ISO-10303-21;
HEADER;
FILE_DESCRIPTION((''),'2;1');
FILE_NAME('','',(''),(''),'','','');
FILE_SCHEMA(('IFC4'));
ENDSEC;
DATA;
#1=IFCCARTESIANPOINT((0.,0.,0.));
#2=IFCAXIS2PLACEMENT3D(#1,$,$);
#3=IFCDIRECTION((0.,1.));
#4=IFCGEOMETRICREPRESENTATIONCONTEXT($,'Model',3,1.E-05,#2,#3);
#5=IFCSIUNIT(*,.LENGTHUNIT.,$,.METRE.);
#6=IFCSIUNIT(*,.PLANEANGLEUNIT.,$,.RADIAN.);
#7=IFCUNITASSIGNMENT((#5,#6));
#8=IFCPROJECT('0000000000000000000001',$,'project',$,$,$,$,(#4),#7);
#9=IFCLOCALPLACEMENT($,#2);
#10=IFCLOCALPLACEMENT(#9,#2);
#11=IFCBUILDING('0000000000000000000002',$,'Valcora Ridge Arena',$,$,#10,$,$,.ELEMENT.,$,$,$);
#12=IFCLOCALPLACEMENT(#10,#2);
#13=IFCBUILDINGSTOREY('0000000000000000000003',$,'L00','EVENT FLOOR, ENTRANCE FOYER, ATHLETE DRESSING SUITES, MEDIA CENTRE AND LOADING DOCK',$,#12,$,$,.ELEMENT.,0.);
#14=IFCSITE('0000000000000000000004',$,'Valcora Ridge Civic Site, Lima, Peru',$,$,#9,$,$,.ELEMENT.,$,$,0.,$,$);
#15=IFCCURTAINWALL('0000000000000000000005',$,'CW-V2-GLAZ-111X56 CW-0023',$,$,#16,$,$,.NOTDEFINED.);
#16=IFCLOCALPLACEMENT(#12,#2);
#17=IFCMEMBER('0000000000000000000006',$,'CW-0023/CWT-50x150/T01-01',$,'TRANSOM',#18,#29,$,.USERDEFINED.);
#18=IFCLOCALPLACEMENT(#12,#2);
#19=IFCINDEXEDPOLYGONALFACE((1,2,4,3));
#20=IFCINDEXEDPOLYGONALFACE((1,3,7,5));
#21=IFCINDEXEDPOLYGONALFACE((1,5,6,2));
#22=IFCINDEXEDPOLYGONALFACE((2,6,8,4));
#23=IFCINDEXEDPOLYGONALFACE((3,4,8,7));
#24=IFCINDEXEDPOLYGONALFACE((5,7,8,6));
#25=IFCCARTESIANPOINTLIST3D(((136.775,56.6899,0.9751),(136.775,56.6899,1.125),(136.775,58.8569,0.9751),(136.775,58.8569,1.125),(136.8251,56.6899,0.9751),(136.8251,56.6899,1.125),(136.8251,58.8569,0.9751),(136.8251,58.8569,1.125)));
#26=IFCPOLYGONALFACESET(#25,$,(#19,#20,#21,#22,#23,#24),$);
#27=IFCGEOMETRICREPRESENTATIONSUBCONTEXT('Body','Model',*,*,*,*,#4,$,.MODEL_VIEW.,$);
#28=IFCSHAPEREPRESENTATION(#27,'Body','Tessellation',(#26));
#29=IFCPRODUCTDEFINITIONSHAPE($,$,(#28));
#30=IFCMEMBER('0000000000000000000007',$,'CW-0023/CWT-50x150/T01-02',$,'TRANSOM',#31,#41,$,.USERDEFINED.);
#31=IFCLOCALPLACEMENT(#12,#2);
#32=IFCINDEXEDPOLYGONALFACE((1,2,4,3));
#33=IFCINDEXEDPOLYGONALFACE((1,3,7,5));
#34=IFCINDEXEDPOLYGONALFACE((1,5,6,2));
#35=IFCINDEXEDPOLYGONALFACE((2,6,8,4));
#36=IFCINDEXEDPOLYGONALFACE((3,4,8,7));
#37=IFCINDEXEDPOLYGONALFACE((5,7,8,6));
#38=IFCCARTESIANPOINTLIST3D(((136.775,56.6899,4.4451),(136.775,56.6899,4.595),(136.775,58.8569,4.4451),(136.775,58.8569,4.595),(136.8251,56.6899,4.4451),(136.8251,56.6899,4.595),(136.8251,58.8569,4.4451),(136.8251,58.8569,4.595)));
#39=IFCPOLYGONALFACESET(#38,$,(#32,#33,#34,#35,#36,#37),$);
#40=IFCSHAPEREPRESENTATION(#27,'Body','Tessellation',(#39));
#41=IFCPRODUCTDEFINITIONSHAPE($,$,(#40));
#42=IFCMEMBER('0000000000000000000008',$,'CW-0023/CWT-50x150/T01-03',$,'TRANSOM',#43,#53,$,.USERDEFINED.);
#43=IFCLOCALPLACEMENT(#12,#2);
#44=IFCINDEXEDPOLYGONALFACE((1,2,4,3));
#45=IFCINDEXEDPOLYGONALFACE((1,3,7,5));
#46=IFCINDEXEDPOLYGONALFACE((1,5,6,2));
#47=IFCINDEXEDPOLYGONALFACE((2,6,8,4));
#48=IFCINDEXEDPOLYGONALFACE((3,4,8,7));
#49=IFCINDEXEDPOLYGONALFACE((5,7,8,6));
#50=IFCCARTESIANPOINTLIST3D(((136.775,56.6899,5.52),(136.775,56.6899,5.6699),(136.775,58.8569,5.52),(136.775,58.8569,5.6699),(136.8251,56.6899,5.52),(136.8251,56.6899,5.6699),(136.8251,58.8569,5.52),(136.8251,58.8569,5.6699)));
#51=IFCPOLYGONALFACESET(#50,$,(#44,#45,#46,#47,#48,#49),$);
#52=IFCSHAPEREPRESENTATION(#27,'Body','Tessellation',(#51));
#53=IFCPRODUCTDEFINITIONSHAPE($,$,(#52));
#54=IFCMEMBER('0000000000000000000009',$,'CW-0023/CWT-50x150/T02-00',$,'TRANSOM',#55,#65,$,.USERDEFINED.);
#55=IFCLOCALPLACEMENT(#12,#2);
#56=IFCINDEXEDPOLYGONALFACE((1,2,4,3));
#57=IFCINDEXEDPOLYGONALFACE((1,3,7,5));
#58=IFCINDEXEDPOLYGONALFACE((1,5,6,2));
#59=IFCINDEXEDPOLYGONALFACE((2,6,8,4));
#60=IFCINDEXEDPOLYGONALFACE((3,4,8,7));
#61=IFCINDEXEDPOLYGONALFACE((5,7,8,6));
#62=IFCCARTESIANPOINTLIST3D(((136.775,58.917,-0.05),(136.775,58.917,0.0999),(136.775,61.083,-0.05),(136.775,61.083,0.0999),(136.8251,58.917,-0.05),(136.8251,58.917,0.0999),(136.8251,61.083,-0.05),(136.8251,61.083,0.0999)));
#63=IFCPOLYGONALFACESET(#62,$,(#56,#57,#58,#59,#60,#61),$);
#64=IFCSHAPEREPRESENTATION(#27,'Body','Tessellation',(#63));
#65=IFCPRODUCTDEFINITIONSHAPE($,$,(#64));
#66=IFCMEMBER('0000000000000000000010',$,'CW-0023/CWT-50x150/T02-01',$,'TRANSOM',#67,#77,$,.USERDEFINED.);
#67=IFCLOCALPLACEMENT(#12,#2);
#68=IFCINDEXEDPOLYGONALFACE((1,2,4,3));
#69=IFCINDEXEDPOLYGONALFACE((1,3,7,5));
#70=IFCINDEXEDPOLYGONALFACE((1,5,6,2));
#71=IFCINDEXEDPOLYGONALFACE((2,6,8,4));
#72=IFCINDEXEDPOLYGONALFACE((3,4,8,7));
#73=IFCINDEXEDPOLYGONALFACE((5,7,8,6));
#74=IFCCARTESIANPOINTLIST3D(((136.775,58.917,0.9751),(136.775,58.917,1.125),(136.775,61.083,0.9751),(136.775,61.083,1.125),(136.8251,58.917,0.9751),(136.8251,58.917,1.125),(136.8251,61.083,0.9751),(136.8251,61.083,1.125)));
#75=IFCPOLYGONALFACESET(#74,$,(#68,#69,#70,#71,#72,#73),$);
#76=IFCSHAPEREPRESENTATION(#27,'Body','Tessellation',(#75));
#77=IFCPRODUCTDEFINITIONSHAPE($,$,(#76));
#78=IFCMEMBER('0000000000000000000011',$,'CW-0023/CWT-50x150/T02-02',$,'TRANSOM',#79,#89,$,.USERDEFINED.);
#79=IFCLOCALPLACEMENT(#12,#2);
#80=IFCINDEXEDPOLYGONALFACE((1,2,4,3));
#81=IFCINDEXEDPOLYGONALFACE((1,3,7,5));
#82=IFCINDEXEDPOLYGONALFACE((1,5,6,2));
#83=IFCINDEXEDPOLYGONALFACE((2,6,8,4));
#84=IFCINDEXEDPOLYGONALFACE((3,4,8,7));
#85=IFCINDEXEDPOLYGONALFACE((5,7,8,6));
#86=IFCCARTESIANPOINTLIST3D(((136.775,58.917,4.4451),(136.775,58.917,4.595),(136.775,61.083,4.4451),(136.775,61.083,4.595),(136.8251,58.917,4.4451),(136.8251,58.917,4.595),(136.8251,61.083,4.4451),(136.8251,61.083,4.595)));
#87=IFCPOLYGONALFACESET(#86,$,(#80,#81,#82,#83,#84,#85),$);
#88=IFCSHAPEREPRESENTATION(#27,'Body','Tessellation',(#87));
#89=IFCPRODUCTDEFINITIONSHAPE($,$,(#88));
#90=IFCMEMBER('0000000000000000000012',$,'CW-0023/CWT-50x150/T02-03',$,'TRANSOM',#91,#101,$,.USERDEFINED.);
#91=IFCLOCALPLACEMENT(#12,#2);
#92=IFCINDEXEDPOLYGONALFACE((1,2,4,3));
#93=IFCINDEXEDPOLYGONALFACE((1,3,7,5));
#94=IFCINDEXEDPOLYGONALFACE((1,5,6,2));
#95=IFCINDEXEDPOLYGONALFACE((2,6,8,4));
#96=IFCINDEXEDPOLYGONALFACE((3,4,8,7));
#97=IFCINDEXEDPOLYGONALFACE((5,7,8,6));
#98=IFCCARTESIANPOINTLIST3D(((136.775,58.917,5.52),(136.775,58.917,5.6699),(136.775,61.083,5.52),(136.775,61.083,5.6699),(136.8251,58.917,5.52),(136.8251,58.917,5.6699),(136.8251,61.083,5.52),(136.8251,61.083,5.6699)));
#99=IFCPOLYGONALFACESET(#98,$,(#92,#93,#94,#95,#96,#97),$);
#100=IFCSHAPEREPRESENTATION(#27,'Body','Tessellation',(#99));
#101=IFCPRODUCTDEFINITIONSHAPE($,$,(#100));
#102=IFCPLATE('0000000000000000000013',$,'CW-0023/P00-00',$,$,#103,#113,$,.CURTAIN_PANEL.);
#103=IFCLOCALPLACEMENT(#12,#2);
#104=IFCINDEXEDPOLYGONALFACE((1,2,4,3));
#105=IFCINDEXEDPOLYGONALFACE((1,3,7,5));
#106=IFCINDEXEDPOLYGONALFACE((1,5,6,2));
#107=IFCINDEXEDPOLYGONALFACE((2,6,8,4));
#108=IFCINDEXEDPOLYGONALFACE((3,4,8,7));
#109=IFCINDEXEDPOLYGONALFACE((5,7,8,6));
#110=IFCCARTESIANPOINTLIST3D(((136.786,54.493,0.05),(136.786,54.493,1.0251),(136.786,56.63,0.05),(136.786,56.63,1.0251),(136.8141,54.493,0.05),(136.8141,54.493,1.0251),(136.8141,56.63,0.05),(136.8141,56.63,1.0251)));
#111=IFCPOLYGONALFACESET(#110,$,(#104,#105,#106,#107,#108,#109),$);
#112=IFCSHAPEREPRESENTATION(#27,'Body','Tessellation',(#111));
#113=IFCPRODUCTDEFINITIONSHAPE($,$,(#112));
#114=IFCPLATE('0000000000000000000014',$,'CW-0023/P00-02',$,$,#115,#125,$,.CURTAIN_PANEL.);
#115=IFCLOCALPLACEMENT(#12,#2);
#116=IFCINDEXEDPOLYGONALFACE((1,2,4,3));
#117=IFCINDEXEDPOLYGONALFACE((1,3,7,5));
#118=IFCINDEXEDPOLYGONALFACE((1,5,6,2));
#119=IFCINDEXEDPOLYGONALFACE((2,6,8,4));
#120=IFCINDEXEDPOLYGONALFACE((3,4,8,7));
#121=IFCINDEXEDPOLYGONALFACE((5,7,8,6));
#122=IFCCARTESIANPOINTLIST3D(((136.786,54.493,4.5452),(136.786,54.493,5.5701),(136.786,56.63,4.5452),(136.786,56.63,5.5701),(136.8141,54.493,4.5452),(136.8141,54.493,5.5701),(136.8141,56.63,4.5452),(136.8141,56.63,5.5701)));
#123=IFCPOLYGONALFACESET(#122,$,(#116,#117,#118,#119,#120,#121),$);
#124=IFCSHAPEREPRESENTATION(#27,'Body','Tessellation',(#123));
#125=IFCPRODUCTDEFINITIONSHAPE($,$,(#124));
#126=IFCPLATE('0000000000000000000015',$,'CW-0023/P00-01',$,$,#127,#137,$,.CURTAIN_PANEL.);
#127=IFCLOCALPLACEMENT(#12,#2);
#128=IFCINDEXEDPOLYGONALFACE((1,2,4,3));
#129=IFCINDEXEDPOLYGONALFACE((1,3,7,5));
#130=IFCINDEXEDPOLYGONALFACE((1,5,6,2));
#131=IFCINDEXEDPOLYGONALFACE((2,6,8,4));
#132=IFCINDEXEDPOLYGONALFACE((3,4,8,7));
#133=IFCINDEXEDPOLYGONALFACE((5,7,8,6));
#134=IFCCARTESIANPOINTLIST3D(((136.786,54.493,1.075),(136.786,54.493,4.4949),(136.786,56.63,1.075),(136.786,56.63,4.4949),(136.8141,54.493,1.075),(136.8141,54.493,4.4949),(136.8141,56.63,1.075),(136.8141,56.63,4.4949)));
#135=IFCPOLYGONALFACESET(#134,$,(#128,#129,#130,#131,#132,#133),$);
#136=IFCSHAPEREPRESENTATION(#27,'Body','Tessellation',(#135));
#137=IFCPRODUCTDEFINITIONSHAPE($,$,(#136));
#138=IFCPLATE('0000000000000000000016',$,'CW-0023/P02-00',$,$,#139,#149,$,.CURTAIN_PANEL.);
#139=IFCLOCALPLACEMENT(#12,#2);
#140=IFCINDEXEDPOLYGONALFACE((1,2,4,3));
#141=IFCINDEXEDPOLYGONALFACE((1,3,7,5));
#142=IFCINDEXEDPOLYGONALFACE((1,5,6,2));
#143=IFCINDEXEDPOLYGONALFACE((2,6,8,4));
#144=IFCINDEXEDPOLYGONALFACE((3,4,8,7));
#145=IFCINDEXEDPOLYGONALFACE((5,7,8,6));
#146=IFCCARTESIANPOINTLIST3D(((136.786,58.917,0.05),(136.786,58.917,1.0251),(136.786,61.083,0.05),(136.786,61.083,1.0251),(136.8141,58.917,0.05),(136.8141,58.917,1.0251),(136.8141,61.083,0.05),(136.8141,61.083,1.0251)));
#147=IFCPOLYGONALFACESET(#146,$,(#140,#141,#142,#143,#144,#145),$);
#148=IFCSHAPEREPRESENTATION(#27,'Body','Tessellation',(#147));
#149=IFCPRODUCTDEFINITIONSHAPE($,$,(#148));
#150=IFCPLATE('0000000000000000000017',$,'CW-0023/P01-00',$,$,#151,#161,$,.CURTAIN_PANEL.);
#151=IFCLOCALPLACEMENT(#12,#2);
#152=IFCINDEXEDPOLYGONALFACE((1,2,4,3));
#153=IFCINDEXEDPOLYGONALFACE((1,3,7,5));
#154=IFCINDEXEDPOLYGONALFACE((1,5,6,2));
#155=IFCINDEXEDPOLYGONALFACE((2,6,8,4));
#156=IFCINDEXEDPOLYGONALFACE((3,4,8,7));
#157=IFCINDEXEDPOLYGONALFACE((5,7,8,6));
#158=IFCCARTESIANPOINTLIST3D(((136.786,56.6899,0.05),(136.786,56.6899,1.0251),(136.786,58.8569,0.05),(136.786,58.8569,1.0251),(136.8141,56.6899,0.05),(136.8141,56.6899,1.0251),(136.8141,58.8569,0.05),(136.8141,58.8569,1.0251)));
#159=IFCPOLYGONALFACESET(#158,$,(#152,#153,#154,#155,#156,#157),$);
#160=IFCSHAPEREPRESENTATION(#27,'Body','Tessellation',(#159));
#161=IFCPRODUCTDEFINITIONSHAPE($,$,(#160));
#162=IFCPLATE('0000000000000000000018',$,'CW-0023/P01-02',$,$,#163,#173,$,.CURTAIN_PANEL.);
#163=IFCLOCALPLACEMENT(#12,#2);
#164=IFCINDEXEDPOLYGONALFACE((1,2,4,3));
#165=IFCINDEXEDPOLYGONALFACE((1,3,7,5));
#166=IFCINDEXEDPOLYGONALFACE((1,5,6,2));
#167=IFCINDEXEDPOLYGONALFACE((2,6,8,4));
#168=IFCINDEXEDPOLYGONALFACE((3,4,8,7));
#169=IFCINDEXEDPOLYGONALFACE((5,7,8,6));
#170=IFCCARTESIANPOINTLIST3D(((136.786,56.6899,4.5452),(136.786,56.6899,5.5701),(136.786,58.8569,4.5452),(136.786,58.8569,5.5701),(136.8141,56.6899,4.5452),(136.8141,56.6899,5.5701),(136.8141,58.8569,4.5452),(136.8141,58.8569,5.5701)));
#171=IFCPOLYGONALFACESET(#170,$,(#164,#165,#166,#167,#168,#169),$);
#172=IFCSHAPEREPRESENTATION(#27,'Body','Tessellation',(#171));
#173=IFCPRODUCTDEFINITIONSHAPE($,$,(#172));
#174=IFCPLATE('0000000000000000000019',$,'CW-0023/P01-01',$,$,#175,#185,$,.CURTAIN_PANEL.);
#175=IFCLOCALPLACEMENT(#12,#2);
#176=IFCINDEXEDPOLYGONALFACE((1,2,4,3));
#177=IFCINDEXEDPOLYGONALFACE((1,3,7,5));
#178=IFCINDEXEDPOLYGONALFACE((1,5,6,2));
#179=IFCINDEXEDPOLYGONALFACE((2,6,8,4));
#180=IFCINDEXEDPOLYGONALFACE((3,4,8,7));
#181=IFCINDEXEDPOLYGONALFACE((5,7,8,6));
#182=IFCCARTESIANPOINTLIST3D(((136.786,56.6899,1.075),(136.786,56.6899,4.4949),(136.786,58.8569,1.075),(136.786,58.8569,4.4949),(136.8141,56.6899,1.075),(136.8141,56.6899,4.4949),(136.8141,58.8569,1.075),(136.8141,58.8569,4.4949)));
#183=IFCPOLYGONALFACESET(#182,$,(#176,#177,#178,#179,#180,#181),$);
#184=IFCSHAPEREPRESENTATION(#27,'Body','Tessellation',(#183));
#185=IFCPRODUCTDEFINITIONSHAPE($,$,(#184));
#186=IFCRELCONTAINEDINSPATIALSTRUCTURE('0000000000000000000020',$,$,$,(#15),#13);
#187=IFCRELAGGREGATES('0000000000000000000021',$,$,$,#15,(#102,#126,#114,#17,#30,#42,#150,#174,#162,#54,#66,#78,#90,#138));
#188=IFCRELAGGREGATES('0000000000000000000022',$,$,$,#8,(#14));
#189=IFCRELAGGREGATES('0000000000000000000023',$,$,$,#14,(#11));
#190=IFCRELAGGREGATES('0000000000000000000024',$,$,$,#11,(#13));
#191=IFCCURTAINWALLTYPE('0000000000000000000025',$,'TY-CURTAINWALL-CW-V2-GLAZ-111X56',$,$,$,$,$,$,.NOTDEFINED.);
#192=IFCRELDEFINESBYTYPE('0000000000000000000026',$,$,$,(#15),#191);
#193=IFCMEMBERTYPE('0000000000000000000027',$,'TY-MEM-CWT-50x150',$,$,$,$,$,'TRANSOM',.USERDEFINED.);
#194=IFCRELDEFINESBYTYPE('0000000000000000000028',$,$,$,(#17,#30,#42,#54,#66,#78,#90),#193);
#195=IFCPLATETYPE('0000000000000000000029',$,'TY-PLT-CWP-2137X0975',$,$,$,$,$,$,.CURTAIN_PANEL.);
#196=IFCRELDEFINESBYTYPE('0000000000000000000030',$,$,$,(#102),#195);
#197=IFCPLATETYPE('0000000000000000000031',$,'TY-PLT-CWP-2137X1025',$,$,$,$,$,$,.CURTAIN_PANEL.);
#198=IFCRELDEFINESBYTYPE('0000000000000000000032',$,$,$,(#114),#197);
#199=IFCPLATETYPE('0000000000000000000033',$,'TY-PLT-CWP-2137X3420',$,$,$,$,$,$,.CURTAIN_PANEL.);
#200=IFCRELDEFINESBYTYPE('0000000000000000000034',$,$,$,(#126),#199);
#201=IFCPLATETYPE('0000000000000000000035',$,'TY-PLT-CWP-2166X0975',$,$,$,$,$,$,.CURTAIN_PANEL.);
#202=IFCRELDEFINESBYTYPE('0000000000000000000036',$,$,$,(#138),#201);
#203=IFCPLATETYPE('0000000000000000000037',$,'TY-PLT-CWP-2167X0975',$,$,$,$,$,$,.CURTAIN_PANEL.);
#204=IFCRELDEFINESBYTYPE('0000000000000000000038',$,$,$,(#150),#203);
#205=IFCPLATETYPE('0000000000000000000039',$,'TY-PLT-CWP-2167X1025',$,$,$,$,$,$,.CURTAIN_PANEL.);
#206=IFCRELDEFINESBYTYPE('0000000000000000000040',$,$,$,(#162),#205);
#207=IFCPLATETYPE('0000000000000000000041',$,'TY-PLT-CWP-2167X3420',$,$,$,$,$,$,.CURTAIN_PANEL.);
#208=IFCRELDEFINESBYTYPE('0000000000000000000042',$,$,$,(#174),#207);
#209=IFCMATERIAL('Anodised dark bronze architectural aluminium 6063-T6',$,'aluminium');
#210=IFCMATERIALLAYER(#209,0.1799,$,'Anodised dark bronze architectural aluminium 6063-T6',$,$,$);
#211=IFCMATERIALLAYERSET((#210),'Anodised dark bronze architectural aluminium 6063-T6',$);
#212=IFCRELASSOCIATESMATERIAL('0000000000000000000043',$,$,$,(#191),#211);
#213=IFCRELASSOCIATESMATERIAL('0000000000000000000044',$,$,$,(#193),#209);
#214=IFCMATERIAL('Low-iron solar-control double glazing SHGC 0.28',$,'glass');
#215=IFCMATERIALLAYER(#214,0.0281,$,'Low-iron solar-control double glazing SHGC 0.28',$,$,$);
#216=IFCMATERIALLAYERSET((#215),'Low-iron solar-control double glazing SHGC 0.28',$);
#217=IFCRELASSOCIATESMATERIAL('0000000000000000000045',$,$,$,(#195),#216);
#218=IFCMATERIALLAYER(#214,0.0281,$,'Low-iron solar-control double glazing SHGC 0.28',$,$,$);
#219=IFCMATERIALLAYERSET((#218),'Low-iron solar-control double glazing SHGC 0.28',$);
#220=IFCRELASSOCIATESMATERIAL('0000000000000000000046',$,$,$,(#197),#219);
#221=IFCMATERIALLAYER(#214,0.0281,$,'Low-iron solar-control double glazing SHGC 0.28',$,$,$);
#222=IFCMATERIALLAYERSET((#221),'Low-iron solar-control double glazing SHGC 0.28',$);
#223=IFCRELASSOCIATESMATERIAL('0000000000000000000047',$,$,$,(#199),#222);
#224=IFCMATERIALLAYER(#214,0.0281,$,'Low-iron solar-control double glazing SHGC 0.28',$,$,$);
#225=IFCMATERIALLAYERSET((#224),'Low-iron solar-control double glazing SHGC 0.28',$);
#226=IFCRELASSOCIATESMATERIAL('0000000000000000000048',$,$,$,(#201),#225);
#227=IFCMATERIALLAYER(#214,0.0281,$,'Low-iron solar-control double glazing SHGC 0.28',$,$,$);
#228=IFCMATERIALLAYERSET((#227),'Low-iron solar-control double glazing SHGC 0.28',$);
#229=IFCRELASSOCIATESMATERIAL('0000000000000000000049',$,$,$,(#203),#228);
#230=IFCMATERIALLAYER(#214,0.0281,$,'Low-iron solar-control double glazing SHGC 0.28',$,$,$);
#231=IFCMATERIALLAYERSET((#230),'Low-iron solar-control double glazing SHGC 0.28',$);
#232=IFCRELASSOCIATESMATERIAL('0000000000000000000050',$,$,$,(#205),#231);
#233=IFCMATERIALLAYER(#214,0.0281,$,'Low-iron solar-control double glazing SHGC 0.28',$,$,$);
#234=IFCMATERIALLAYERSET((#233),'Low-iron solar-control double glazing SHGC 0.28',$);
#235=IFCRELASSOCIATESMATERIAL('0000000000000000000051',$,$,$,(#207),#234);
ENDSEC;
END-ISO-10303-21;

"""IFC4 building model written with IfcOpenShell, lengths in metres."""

from ifc_helpers import new_model, si_unit, direction, frame, origin, origin_2d, place, context, subcontext, project, spatial, rectangle, extrude, material, layer, layer_set, material_profile, profile_set, type_object, element, aggregate, save


model = new_model("IFC4")

# Units and contexts
model_context = context("Model", 3, precision=1e-05, world=origin(), true_north=direction((0.0, 1.0)))
body_context = subcontext(model_context, "Body", "Model", "MODEL_VIEW")
ifc_project = project(units=[si_unit("LENGTHUNIT", "METRE"), si_unit("PLANEANGLEUNIT", "RADIAN")], contexts=[model_context])

# Site, building, storey
site_placement = place(None, origin())
site = spatial("IfcSite", under=ifc_project, at=site_placement, Name="Valcora Ridge Civic Site, Lima, Peru", CompositionType="ELEMENT", RefElevation=0.0)
building_placement = place(site_placement, origin())
building = spatial("IfcBuilding", under=site, at=building_placement, Name="Valcora Ridge Arena", CompositionType="ELEMENT")
storey_placement = place(building_placement, origin())
storey = spatial("IfcBuildingStorey", under=building, at=storey_placement, Name="L00", Description="EVENT FLOOR, ENTRANCE FOYER, ATHLETE DRESSING SUITES, MEDIA CENTRE AND LOADING DOCK", CompositionType="ELEMENT", Elevation=0.0)

# Curtain wall, members, plates
ifc_material_1 = material(Name="Anodised dark bronze architectural aluminium 6063-T6", Category="aluminium")
ifc_layer_1 = layer(ifc_material_1, 0.1799, Name="Anodised dark bronze architectural aluminium 6063-T6")
ifc_layer_set_1 = layer_set([ifc_layer_1], Name="Anodised dark bronze architectural aluminium 6063-T6")
curtain_wall_type = type_object("IfcCurtainWallType", Name="TY-CURTAINWALL-CW-V2-GLAZ-111X56", PredefinedType="NOTDEFINED", material=ifc_layer_set_1)
curtain_wall_placement = place(storey_placement, origin())
curtain_wall = element("IfcCurtainWall", 1, at=curtain_wall_placement, inside=storey, type_object=curtain_wall_type, Name="CW-V2-GLAZ-111X56 CW-0023", PredefinedType="NOTDEFINED")
ifc_material_profile_1 = material_profile(ifc_material_1, rectangle(XDim=0.05, YDim=0.1499, at=origin_2d()), Name="ALU TRANSOM 50x150")
ifc_profile_set_1 = profile_set([ifc_material_profile_1], Name="Anodised dark bronze architectural aluminium 6063-T6")
member_type_1 = type_object("IfcMemberType", Name="TY-MEM-CWT-50x150", ElementType="TRANSOM", PredefinedType="USERDEFINED", material=ifc_profile_set_1)
member_1_placement = place(storey_placement, frame((136.8, 56.6899, 1.05), z_axis=(0.0, 1.0, 0.0), x_axis=(-1.0, 0.0, 0.0)))
member_1 = element("IfcMember", 2, at=member_1_placement, type_object=member_type_1, Name="CW-0023/CWT-50x150/T01-01", ObjectType="TRANSOM", PredefinedType="USERDEFINED", context=body_context, shape_type="SweptSolid", body=[
    extrude(rectangle(XDim=0.05, YDim=0.1499, at=origin_2d()), origin(), (0.0, 0.0, 1.0), 2.167),
])
member_2_placement = place(storey_placement, frame((136.8, 56.6899, 4.52), z_axis=(0.0, 1.0, 0.0), x_axis=(-1.0, 0.0, 0.0)))
member_2 = element("IfcMember", 3, at=member_2_placement, type_object=member_type_1, Name="CW-0023/CWT-50x150/T01-02", ObjectType="TRANSOM", PredefinedType="USERDEFINED", context=body_context, shape_type="SweptSolid", body=[
    extrude(rectangle(XDim=0.05, YDim=0.1499, at=origin_2d()), origin(), (0.0, 0.0, 1.0), 2.167),
])
member_3_placement = place(storey_placement, frame((136.8, 56.6899, 5.595), z_axis=(0.0, 1.0, 0.0), x_axis=(-1.0, 0.0, 0.0)))
member_3 = element("IfcMember", 4, at=member_3_placement, type_object=member_type_1, Name="CW-0023/CWT-50x150/T01-03", ObjectType="TRANSOM", PredefinedType="USERDEFINED", context=body_context, shape_type="SweptSolid", body=[
    extrude(rectangle(XDim=0.05, YDim=0.1499, at=origin_2d()), origin(), (0.0, 0.0, 1.0), 2.167),
])
member_4_placement = place(storey_placement, frame((136.8, 58.917, 0.0249), z_axis=(0.0, 1.0, 0.0), x_axis=(-1.0, 0.0, 0.0)))
member_4 = element("IfcMember", 5, at=member_4_placement, type_object=member_type_1, Name="CW-0023/CWT-50x150/T02-00", ObjectType="TRANSOM", PredefinedType="USERDEFINED", context=body_context, shape_type="SweptSolid", body=[
    extrude(rectangle(XDim=0.05, YDim=0.1499, at=origin_2d()), origin(), (0.0, 0.0, 1.0), 2.166),
])
member_5_placement = place(storey_placement, frame((136.8, 58.917, 1.05), z_axis=(0.0, 1.0, 0.0), x_axis=(-1.0, 0.0, 0.0)))
member_5 = element("IfcMember", 6, at=member_5_placement, type_object=member_type_1, Name="CW-0023/CWT-50x150/T02-01", ObjectType="TRANSOM", PredefinedType="USERDEFINED", context=body_context, shape_type="SweptSolid", body=[
    extrude(rectangle(XDim=0.05, YDim=0.1499, at=origin_2d()), origin(), (0.0, 0.0, 1.0), 2.166),
])
member_6_placement = place(storey_placement, frame((136.8, 58.917, 4.52), z_axis=(0.0, 1.0, 0.0), x_axis=(-1.0, 0.0, 0.0)))
member_6 = element("IfcMember", 7, at=member_6_placement, type_object=member_type_1, Name="CW-0023/CWT-50x150/T02-02", ObjectType="TRANSOM", PredefinedType="USERDEFINED", context=body_context, shape_type="SweptSolid", body=[
    extrude(rectangle(XDim=0.05, YDim=0.1499, at=origin_2d()), origin(), (0.0, 0.0, 1.0), 2.166),
])
member_7_placement = place(storey_placement, frame((136.8, 58.917, 5.595), z_axis=(0.0, 1.0, 0.0), x_axis=(-1.0, 0.0, 0.0)))
member_7 = element("IfcMember", 8, at=member_7_placement, type_object=member_type_1, Name="CW-0023/CWT-50x150/T02-03", ObjectType="TRANSOM", PredefinedType="USERDEFINED", context=body_context, shape_type="SweptSolid", body=[
    extrude(rectangle(XDim=0.05, YDim=0.1499, at=origin_2d()), origin(), (0.0, 0.0, 1.0), 2.166),
])
ifc_material_2 = material(Name="Low-iron solar-control double glazing SHGC 0.28", Category="glass")
ifc_layer_2 = layer(ifc_material_2, 0.0281, Name="Low-iron solar-control double glazing SHGC 0.28")
ifc_layer_set_2 = layer_set([ifc_layer_2], Name="Low-iron solar-control double glazing SHGC 0.28")
plate_type_1 = type_object("IfcPlateType", Name="TY-PLT-CWP-2137X0975", PredefinedType="CURTAIN_PANEL", material=ifc_layer_set_2)
plate_1_placement = place(storey_placement, frame((136.8, 55.5615, 0.05), z_axis=(0.0, 0.0, 1.0), x_axis=(0.0, 1.0, 0.0)))
plate_1 = element("IfcPlate", 9, at=plate_1_placement, type_object=plate_type_1, Name="CW-0023/P00-00", PredefinedType="CURTAIN_PANEL", context=body_context, shape_type="SweptSolid", body=[
    extrude(rectangle(XDim=2.137, YDim=0.0281, at=origin_2d()), origin(), (0.0, 0.0, 1.0), 0.9751),
])
ifc_layer_3 = layer(ifc_material_2, 0.0281, Name="Low-iron solar-control double glazing SHGC 0.28")
ifc_layer_set_3 = layer_set([ifc_layer_3], Name="Low-iron solar-control double glazing SHGC 0.28")
plate_type_2 = type_object("IfcPlateType", Name="TY-PLT-CWP-2137X1025", PredefinedType="CURTAIN_PANEL", material=ifc_layer_set_3)
plate_2_placement = place(storey_placement, frame((136.8, 55.5615, 4.5452), z_axis=(0.0, 0.0, 1.0), x_axis=(0.0, 1.0, 0.0)))
plate_2 = element("IfcPlate", 10, at=plate_2_placement, type_object=plate_type_2, Name="CW-0023/P00-02", PredefinedType="CURTAIN_PANEL", context=body_context, shape_type="SweptSolid", body=[
    extrude(rectangle(XDim=2.137, YDim=0.0281, at=origin_2d()), origin(), (0.0, 0.0, 1.0), 1.0249),
])
ifc_layer_4 = layer(ifc_material_2, 0.0281, Name="Low-iron solar-control double glazing SHGC 0.28")
ifc_layer_set_4 = layer_set([ifc_layer_4], Name="Low-iron solar-control double glazing SHGC 0.28")
plate_type_3 = type_object("IfcPlateType", Name="TY-PLT-CWP-2137X3420", PredefinedType="CURTAIN_PANEL", material=ifc_layer_set_4)
plate_3_placement = place(storey_placement, frame((136.8, 55.5615, 1.075), z_axis=(0.0, 0.0, 1.0), x_axis=(0.0, 1.0, 0.0)))
plate_3 = element("IfcPlate", 11, at=plate_3_placement, type_object=plate_type_3, Name="CW-0023/P00-01", PredefinedType="CURTAIN_PANEL", context=body_context, shape_type="SweptSolid", body=[
    extrude(rectangle(XDim=2.137, YDim=0.0281, at=origin_2d()), origin(), (0.0, 0.0, 1.0), 3.4199),
])
ifc_layer_5 = layer(ifc_material_2, 0.0281, Name="Low-iron solar-control double glazing SHGC 0.28")
ifc_layer_set_5 = layer_set([ifc_layer_5], Name="Low-iron solar-control double glazing SHGC 0.28")
plate_type_4 = type_object("IfcPlateType", Name="TY-PLT-CWP-2166X0975", PredefinedType="CURTAIN_PANEL", material=ifc_layer_set_5)
plate_4_placement = place(storey_placement, frame((136.8, 60.0, 0.05), z_axis=(0.0, 0.0, 1.0), x_axis=(0.0, 1.0, 0.0)))
plate_4 = element("IfcPlate", 12, at=plate_4_placement, type_object=plate_type_4, Name="CW-0023/P02-00", PredefinedType="CURTAIN_PANEL", context=body_context, shape_type="SweptSolid", body=[
    extrude(rectangle(XDim=2.166, YDim=0.0281, at=origin_2d()), origin(), (0.0, 0.0, 1.0), 0.9751),
])
ifc_layer_6 = layer(ifc_material_2, 0.0281, Name="Low-iron solar-control double glazing SHGC 0.28")
ifc_layer_set_6 = layer_set([ifc_layer_6], Name="Low-iron solar-control double glazing SHGC 0.28")
plate_type_5 = type_object("IfcPlateType", Name="TY-PLT-CWP-2167X0975", PredefinedType="CURTAIN_PANEL", material=ifc_layer_set_6)
plate_5_placement = place(storey_placement, frame((136.8, 57.7734, 0.05), z_axis=(0.0, 0.0, 1.0), x_axis=(0.0, 1.0, 0.0)))
plate_5 = element("IfcPlate", 13, at=plate_5_placement, type_object=plate_type_5, Name="CW-0023/P01-00", PredefinedType="CURTAIN_PANEL", context=body_context, shape_type="SweptSolid", body=[
    extrude(rectangle(XDim=2.167, YDim=0.0281, at=origin_2d()), origin(), (0.0, 0.0, 1.0), 0.9751),
])
ifc_layer_7 = layer(ifc_material_2, 0.0281, Name="Low-iron solar-control double glazing SHGC 0.28")
ifc_layer_set_7 = layer_set([ifc_layer_7], Name="Low-iron solar-control double glazing SHGC 0.28")
plate_type_6 = type_object("IfcPlateType", Name="TY-PLT-CWP-2167X1025", PredefinedType="CURTAIN_PANEL", material=ifc_layer_set_7)
plate_6_placement = place(storey_placement, frame((136.8, 57.7734, 4.5452), z_axis=(0.0, 0.0, 1.0), x_axis=(0.0, 1.0, 0.0)))
plate_6 = element("IfcPlate", 14, at=plate_6_placement, type_object=plate_type_6, Name="CW-0023/P01-02", PredefinedType="CURTAIN_PANEL", context=body_context, shape_type="SweptSolid", body=[
    extrude(rectangle(XDim=2.167, YDim=0.0281, at=origin_2d()), origin(), (0.0, 0.0, 1.0), 1.0249),
])
ifc_layer_8 = layer(ifc_material_2, 0.0281, Name="Low-iron solar-control double glazing SHGC 0.28")
ifc_layer_set_8 = layer_set([ifc_layer_8], Name="Low-iron solar-control double glazing SHGC 0.28")
plate_type_7 = type_object("IfcPlateType", Name="TY-PLT-CWP-2167X3420", PredefinedType="CURTAIN_PANEL", material=ifc_layer_set_8)
plate_7_placement = place(storey_placement, frame((136.8, 57.7734, 1.075), z_axis=(0.0, 0.0, 1.0), x_axis=(0.0, 1.0, 0.0)))
plate_7 = element("IfcPlate", 15, at=plate_7_placement, type_object=plate_type_7, Name="CW-0023/P01-01", PredefinedType="CURTAIN_PANEL", context=body_context, shape_type="SweptSolid", body=[
    extrude(rectangle(XDim=2.167, YDim=0.0281, at=origin_2d()), origin(), (0.0, 0.0, 1.0), 3.4199),
])
aggregate(curtain_wall, [plate_1, plate_3, plate_2, member_1, member_2, member_3, plate_5, plate_7, plate_6, member_4, member_5, member_6, member_7, plate_4])

save(model, "model.ifc")
